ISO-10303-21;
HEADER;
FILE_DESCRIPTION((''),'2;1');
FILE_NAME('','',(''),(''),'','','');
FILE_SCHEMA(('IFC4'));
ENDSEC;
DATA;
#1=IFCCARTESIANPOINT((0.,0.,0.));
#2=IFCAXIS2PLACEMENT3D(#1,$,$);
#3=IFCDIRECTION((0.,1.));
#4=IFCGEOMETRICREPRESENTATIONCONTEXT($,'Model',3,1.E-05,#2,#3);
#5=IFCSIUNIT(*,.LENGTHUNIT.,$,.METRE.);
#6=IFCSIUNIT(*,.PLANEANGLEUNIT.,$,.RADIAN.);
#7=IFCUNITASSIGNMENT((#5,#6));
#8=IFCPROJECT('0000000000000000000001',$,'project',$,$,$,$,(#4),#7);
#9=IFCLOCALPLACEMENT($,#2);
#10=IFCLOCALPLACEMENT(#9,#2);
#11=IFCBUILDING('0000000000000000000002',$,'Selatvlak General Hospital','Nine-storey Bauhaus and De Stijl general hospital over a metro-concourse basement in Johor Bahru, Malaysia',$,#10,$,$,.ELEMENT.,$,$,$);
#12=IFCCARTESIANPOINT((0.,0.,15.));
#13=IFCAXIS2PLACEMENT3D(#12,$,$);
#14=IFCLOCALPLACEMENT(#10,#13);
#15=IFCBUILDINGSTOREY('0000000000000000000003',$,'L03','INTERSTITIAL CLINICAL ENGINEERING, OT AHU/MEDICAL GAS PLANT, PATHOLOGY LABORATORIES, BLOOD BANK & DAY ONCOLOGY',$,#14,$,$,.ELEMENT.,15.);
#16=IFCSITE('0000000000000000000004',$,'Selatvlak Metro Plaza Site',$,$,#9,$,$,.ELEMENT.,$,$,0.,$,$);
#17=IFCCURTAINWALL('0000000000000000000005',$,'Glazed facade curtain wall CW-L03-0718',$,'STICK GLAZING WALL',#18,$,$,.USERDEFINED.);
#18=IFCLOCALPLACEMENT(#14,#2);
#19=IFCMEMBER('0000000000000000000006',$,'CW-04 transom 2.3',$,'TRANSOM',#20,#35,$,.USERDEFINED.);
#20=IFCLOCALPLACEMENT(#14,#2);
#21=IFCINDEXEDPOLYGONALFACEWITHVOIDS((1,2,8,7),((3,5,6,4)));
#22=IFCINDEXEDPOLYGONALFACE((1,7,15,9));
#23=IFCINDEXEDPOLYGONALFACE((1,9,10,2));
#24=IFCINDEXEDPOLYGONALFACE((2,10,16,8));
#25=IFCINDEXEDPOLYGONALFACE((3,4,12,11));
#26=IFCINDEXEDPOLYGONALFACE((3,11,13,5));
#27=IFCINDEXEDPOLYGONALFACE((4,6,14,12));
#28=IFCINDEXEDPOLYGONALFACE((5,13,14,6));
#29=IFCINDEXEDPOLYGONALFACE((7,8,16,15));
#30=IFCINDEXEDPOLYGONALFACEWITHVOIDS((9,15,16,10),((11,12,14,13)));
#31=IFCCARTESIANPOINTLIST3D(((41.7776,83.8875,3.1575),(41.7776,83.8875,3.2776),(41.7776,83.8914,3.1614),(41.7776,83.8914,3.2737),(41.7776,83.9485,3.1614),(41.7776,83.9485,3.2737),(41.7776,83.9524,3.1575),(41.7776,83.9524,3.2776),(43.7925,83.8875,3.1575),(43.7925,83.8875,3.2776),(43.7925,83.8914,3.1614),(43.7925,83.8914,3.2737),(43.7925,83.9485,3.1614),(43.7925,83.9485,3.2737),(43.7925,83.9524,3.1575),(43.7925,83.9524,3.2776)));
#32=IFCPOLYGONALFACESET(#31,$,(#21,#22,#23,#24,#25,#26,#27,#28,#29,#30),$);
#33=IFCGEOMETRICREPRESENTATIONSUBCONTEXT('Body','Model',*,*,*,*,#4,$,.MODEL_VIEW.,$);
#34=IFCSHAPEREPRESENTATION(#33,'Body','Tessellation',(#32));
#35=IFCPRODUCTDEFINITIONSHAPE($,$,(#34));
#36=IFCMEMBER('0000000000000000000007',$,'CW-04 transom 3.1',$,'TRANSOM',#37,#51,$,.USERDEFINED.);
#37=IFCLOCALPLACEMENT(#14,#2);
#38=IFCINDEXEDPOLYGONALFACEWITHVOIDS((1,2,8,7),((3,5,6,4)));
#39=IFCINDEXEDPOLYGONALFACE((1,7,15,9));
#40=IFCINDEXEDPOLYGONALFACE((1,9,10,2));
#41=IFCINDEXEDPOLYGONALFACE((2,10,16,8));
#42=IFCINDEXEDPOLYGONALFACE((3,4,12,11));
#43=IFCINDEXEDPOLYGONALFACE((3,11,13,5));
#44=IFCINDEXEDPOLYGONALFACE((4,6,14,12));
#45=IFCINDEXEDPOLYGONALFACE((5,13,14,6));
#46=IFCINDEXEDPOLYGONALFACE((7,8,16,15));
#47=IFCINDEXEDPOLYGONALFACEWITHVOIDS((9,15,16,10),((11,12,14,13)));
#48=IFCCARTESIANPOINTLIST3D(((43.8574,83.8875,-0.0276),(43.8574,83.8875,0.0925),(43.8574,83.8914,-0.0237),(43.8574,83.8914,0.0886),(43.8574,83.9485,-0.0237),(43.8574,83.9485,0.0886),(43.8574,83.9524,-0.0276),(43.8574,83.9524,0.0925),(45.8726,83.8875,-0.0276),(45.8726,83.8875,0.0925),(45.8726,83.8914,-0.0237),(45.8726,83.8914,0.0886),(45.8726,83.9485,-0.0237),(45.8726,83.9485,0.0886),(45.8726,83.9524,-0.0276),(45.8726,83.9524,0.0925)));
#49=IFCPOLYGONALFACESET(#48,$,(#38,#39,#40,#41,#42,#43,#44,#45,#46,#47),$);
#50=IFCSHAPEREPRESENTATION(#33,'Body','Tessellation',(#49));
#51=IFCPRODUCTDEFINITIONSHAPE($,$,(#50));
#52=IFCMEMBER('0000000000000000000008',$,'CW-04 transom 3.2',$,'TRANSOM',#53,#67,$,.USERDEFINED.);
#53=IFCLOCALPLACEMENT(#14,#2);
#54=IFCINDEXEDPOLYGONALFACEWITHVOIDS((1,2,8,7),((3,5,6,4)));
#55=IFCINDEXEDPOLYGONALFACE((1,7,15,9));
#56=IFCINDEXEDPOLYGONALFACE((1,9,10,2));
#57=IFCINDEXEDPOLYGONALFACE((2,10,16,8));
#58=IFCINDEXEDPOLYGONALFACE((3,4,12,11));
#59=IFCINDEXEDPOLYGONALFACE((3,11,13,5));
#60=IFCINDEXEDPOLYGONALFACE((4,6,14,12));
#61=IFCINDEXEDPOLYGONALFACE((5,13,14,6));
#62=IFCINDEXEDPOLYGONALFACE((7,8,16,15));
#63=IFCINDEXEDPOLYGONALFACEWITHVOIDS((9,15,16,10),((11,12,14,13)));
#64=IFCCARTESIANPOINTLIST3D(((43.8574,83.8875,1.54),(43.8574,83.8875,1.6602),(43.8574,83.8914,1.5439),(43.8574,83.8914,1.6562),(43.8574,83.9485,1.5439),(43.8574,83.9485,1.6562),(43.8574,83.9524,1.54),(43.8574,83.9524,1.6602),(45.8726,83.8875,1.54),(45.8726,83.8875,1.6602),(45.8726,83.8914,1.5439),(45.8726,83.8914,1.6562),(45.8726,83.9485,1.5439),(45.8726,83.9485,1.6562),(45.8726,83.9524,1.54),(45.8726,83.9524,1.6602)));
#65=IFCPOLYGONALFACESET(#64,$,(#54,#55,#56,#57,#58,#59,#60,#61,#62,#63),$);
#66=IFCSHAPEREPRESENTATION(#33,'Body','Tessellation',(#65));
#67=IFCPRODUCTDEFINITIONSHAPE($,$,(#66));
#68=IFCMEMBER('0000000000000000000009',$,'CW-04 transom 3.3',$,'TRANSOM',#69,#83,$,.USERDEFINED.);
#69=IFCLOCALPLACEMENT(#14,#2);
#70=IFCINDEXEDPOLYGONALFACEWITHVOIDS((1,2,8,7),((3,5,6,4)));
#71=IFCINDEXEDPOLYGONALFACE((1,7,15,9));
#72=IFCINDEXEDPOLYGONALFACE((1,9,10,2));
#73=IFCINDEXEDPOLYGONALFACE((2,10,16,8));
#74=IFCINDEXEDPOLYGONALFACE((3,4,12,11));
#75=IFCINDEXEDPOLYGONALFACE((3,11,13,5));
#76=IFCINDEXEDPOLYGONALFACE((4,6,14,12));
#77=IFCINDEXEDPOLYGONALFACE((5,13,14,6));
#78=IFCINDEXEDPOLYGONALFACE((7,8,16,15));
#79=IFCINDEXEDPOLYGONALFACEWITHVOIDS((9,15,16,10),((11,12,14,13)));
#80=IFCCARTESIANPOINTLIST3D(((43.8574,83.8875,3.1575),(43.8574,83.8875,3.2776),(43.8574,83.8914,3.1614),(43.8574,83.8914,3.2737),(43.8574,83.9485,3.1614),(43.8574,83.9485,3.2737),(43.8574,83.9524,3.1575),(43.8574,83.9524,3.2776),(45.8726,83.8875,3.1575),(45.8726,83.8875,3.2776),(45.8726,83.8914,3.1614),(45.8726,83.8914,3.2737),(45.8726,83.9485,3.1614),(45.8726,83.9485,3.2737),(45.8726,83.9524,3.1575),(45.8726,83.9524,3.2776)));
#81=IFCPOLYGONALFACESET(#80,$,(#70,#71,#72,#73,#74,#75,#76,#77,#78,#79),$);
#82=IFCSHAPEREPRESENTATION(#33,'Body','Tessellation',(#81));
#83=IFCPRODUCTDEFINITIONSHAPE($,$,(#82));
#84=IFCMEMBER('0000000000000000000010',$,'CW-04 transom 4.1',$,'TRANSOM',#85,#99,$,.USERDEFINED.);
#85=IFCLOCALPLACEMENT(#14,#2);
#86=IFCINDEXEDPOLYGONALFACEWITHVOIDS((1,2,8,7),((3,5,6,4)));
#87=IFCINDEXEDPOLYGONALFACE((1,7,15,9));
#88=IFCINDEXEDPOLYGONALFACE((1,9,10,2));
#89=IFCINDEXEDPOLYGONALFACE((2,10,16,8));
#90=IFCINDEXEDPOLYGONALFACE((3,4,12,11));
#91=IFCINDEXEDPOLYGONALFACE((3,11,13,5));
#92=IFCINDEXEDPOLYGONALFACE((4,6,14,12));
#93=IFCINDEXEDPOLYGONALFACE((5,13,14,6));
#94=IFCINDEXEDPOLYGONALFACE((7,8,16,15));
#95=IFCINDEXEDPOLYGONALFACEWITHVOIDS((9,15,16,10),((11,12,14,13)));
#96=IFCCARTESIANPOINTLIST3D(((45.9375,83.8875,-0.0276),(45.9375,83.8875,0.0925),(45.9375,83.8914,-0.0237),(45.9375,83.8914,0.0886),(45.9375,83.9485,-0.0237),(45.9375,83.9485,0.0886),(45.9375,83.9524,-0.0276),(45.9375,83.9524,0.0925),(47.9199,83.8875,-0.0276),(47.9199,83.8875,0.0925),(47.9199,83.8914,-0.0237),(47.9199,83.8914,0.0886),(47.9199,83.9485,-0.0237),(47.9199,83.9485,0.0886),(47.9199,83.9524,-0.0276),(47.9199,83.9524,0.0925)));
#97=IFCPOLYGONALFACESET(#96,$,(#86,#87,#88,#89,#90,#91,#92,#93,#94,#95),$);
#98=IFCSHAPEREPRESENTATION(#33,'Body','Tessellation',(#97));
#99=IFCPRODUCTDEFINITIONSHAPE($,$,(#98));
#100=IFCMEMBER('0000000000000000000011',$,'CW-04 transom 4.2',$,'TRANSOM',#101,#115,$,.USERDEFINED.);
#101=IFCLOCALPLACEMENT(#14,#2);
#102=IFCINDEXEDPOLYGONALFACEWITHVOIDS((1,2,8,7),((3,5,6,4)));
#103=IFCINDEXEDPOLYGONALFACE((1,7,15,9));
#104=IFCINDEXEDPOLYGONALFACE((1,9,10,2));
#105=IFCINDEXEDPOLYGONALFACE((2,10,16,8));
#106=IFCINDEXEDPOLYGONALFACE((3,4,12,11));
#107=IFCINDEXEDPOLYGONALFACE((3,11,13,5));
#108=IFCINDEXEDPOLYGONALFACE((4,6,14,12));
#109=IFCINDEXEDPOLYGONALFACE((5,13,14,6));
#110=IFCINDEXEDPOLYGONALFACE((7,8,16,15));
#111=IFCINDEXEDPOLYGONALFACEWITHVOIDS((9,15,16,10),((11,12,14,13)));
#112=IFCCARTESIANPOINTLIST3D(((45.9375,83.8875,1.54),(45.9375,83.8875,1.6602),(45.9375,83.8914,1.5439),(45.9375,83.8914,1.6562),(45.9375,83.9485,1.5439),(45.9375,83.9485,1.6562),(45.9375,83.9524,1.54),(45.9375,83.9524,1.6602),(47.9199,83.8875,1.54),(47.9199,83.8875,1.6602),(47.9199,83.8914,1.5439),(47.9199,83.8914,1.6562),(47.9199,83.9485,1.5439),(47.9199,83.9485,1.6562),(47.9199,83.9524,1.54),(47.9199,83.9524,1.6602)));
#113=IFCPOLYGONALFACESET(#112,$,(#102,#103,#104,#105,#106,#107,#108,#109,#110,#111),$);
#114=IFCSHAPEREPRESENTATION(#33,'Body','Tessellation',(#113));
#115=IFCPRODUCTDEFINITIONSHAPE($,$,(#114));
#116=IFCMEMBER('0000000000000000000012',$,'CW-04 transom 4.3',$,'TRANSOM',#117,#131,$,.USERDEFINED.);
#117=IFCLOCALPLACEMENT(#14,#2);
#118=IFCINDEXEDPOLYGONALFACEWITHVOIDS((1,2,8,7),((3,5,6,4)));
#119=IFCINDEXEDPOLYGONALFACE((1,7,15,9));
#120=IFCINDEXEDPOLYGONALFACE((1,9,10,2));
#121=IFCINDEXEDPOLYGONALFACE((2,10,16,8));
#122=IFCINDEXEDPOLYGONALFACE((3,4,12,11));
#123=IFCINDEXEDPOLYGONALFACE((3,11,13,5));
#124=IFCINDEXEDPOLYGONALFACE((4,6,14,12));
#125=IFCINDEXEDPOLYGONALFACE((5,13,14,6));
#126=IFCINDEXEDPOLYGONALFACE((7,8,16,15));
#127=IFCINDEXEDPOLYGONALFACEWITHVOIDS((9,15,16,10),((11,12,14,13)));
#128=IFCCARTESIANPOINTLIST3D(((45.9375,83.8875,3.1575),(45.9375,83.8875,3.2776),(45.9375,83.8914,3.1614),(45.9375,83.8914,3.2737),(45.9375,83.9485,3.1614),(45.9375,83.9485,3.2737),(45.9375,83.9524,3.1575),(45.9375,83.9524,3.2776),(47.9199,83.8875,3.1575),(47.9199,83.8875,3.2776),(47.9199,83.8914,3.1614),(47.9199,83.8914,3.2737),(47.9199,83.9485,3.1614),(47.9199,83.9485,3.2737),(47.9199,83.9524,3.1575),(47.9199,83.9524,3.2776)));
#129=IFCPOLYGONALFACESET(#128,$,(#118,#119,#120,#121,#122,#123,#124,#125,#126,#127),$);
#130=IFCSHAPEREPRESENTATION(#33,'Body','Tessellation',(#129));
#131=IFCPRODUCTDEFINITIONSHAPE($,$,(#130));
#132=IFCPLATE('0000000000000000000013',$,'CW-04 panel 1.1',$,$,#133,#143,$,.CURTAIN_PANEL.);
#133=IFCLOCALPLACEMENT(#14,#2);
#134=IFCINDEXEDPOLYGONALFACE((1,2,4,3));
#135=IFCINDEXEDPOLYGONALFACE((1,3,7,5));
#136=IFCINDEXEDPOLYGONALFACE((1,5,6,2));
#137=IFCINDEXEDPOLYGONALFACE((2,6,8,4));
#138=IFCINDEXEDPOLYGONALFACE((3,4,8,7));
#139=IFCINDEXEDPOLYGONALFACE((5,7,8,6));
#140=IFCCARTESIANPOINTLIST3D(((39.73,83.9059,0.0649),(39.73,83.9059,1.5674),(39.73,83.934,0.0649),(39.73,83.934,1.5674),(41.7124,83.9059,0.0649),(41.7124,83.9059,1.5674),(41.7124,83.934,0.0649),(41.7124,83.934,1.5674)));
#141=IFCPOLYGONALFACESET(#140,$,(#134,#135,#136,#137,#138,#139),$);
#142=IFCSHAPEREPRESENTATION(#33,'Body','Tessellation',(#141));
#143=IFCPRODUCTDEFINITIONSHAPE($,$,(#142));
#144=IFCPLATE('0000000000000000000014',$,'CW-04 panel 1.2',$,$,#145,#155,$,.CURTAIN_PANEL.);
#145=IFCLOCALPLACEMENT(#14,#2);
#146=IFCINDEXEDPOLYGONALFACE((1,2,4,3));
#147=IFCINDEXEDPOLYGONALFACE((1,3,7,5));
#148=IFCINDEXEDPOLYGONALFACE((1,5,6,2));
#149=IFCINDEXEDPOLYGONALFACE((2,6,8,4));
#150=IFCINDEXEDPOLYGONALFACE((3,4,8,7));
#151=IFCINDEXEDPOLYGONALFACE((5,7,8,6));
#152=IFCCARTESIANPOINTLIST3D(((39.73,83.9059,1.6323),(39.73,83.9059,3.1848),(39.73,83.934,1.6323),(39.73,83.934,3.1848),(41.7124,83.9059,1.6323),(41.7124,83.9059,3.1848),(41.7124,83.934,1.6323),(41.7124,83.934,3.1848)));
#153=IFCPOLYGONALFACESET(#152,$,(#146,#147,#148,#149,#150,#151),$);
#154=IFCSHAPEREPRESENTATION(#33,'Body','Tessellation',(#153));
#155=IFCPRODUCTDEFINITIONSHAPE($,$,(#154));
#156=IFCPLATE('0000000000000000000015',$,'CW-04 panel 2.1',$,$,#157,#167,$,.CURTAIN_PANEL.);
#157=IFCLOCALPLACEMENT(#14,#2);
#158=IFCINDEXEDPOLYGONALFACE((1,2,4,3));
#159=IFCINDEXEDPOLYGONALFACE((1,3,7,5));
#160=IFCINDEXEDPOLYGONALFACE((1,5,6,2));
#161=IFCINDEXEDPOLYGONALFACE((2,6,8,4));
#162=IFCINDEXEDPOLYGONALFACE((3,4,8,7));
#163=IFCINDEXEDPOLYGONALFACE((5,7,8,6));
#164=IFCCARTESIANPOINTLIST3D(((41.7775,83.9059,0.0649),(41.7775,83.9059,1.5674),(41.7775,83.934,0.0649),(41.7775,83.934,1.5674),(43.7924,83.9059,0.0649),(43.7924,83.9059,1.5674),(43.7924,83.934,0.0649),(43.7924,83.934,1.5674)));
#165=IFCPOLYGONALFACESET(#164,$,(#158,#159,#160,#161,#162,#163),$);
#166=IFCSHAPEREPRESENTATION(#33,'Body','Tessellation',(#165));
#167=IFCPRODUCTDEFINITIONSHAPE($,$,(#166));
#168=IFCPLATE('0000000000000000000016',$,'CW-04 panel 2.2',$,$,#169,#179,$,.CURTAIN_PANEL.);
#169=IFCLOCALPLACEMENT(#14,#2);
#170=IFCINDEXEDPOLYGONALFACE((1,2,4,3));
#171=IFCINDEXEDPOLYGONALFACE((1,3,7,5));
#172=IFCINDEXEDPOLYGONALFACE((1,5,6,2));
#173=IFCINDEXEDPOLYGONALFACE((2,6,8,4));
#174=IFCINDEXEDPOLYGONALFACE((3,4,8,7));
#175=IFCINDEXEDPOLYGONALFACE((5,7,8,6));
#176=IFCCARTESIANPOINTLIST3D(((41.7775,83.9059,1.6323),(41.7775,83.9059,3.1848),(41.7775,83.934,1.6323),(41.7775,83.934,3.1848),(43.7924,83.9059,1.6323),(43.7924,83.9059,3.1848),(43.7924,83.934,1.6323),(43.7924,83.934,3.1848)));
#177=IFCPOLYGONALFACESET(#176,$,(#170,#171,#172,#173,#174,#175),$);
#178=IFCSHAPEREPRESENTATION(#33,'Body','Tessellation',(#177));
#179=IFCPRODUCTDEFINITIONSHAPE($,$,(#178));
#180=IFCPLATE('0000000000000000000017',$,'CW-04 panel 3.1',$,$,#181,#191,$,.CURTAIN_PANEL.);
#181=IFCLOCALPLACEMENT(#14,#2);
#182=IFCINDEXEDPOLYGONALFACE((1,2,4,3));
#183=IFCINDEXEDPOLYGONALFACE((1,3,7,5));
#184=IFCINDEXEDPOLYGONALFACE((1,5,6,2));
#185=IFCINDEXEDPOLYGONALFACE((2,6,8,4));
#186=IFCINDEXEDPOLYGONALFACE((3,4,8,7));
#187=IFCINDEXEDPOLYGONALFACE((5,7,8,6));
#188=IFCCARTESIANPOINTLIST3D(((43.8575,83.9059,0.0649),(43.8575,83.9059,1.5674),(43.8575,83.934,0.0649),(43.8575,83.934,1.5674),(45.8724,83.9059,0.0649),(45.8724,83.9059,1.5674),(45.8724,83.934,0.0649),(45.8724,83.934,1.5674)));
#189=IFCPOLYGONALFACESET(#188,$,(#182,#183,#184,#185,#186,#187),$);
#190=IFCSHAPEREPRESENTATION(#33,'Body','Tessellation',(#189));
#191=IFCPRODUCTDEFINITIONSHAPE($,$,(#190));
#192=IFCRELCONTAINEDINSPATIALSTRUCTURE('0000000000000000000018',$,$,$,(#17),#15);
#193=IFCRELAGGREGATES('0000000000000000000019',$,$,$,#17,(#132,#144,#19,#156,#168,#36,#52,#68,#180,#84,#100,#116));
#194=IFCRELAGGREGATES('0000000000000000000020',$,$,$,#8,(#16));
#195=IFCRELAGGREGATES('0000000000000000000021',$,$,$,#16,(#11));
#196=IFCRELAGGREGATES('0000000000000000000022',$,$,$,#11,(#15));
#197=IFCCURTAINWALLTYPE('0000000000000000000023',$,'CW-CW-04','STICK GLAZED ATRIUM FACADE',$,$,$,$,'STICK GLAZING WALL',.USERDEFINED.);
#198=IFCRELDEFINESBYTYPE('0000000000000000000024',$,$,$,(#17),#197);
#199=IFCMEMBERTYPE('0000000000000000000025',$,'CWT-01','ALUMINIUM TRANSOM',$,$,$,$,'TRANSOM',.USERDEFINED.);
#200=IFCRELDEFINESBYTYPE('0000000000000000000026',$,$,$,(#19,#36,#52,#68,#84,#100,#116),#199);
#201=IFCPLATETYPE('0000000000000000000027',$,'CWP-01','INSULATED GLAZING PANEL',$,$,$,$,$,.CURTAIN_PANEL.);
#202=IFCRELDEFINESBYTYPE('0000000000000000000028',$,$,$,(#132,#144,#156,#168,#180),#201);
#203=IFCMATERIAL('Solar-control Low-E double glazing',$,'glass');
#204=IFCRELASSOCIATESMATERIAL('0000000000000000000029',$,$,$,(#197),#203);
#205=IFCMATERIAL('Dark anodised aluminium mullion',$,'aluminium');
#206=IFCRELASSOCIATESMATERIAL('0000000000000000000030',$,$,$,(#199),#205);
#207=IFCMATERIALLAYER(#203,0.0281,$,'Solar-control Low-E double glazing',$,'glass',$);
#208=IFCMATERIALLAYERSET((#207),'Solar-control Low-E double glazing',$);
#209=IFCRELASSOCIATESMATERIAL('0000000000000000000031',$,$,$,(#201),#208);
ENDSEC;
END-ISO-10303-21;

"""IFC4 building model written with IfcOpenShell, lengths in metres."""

from ifc_helpers import new_model, si_unit, direction, frame, origin, origin_2d, place, context, subcontext, project, spatial, rectangle, hollow_rectangle, extrude, material, layer, layer_set, material_profile, profile_set, type_object, element, aggregate, save


model = new_model("IFC4")

# Units and contexts
model_context = context("Model", 3, precision=1e-05, world=origin(), true_north=direction((0.0, 1.0)))
body_context = subcontext(model_context, "Body", "Model", "MODEL_VIEW")
ifc_project = project(units=[si_unit("LENGTHUNIT", "METRE"), si_unit("PLANEANGLEUNIT", "RADIAN")], contexts=[model_context])

# Site, building, storey
site_placement = place(None, origin())
site = spatial("IfcSite", under=ifc_project, at=site_placement, Name="Selatvlak Metro Plaza Site", CompositionType="ELEMENT", RefElevation=0.0)
building_placement = place(site_placement, origin())
building = spatial("IfcBuilding", under=site, at=building_placement, Name="Selatvlak General Hospital", Description="Nine-storey Bauhaus and De Stijl general hospital over a metro-concourse basement in Johor Bahru, Malaysia", CompositionType="ELEMENT")
storey_placement = place(building_placement, frame((0.0, 0.0, 15.0)))
storey = spatial("IfcBuildingStorey", under=building, at=storey_placement, Name="L03", Description="INTERSTITIAL CLINICAL ENGINEERING, OT AHU/MEDICAL GAS PLANT, PATHOLOGY LABORATORIES, BLOOD BANK & DAY ONCOLOGY", CompositionType="ELEMENT", Elevation=15.0)

# Curtain wall, members, plates
ifc_material_1 = material(Name="Solar-control Low-E double glazing", Category="glass")
curtain_wall_type = type_object("IfcCurtainWallType", Name="CW-CW-04", Description="STICK GLAZED ATRIUM FACADE", ElementType="STICK GLAZING WALL", PredefinedType="USERDEFINED", material=ifc_material_1)
curtain_wall_placement = place(storey_placement, origin())
curtain_wall = element("IfcCurtainWall", 1, at=curtain_wall_placement, inside=storey, type_object=curtain_wall_type, Name="Glazed facade curtain wall CW-L03-0718", ObjectType="STICK GLAZING WALL", PredefinedType="USERDEFINED")
ifc_material_2 = material(Name="Dark anodised aluminium mullion", Category="aluminium")
ifc_material_profile_1 = material_profile(ifc_material_2, hollow_rectangle(XDim=0.0649, YDim=0.1201, WallThickness=0.0039, at=origin_2d()), Name="AL-TRN 65x120x4")
ifc_profile_set_1 = profile_set([ifc_material_profile_1], Name="Dark anodised aluminium mullion")
member_type_1 = type_object("IfcMemberType", Name="CWT-01", Description="ALUMINIUM TRANSOM", ElementType="TRANSOM", PredefinedType="USERDEFINED", material=ifc_profile_set_1)
member_1_placement = place(storey_placement, frame((41.7776, 83.9199, 3.2175), z_axis=(1.0, 0.0, 0.0), x_axis=(0.0, 1.0, 0.0)))
member_1 = element("IfcMember", 2, at=member_1_placement, type_object=member_type_1, Name="CW-04 transom 2.3", ObjectType="TRANSOM", PredefinedType="USERDEFINED", context=body_context, shape_type="SweptSolid", body=[
    extrude(hollow_rectangle(XDim=0.0649, YDim=0.1201, WallThickness=0.0039, at=origin_2d()), origin(), (0.0, 0.0, 1.0), 2.0149),
])
member_2_placement = place(storey_placement, frame((43.8574, 83.9199, 0.0325), z_axis=(1.0, 0.0, 0.0), x_axis=(0.0, 1.0, 0.0)))
member_2 = element("IfcMember", 3, at=member_2_placement, type_object=member_type_1, Name="CW-04 transom 3.1", ObjectType="TRANSOM", PredefinedType="USERDEFINED", context=body_context, shape_type="SweptSolid", body=[
    extrude(hollow_rectangle(XDim=0.0649, YDim=0.1201, WallThickness=0.0039, at=origin_2d()), origin(), (0.0, 0.0, 1.0), 2.0151),
])
member_3_placement = place(storey_placement, frame((43.8574, 83.9199, 1.6001), z_axis=(1.0, 0.0, 0.0), x_axis=(0.0, 1.0, 0.0)))
member_3 = element("IfcMember", 4, at=member_3_placement, type_object=member_type_1, Name="CW-04 transom 3.2", ObjectType="TRANSOM", PredefinedType="USERDEFINED", context=body_context, shape_type="SweptSolid", body=[
    extrude(hollow_rectangle(XDim=0.0649, YDim=0.1201, WallThickness=0.0039, at=origin_2d()), origin(), (0.0, 0.0, 1.0), 2.0151),
])
member_4_placement = place(storey_placement, frame((43.8574, 83.9199, 3.2175), z_axis=(1.0, 0.0, 0.0), x_axis=(0.0, 1.0, 0.0)))
member_4 = element("IfcMember", 5, at=member_4_placement, type_object=member_type_1, Name="CW-04 transom 3.3", ObjectType="TRANSOM", PredefinedType="USERDEFINED", context=body_context, shape_type="SweptSolid", body=[
    extrude(hollow_rectangle(XDim=0.0649, YDim=0.1201, WallThickness=0.0039, at=origin_2d()), origin(), (0.0, 0.0, 1.0), 2.0151),
])
member_5_placement = place(storey_placement, frame((45.9375, 83.9199, 0.0325), z_axis=(1.0, 0.0, 0.0), x_axis=(0.0, 1.0, 0.0)))
member_5 = element("IfcMember", 6, at=member_5_placement, type_object=member_type_1, Name="CW-04 transom 4.1", ObjectType="TRANSOM", PredefinedType="USERDEFINED", context=body_context, shape_type="SweptSolid", body=[
    extrude(hollow_rectangle(XDim=0.0649, YDim=0.1201, WallThickness=0.0039, at=origin_2d()), origin(), (0.0, 0.0, 1.0), 1.9824),
])
member_6_placement = place(storey_placement, frame((45.9375, 83.9199, 1.6001), z_axis=(1.0, 0.0, 0.0), x_axis=(0.0, 1.0, 0.0)))
member_6 = element("IfcMember", 7, at=member_6_placement, type_object=member_type_1, Name="CW-04 transom 4.2", ObjectType="TRANSOM", PredefinedType="USERDEFINED", context=body_context, shape_type="SweptSolid", body=[
    extrude(hollow_rectangle(XDim=0.0649, YDim=0.1201, WallThickness=0.0039, at=origin_2d()), origin(), (0.0, 0.0, 1.0), 1.9824),
])
member_7_placement = place(storey_placement, frame((45.9375, 83.9199, 3.2175), z_axis=(1.0, 0.0, 0.0), x_axis=(0.0, 1.0, 0.0)))
member_7 = element("IfcMember", 8, at=member_7_placement, type_object=member_type_1, Name="CW-04 transom 4.3", ObjectType="TRANSOM", PredefinedType="USERDEFINED", context=body_context, shape_type="SweptSolid", body=[
    extrude(hollow_rectangle(XDim=0.0649, YDim=0.1201, WallThickness=0.0039, at=origin_2d()), origin(), (0.0, 0.0, 1.0), 1.9824),
])
ifc_layer_1 = layer(ifc_material_1, 0.0281, Name="Solar-control Low-E double glazing", Category="glass")
ifc_layer_set_1 = layer_set([ifc_layer_1], Name="Solar-control Low-E double glazing")
plate_type = type_object("IfcPlateType", Name="CWP-01", Description="INSULATED GLAZING PANEL", PredefinedType="CURTAIN_PANEL", material=ifc_layer_set_1)
plate_1_placement = place(storey_placement, frame((40.7212, 83.9199, 0.0649), z_axis=(0.0, 0.0, 1.0), x_axis=(1.0, 0.0, 0.0)))
plate_1 = element("IfcPlate", 9, at=plate_1_placement, type_object=plate_type, Name="CW-04 panel 1.1", PredefinedType="CURTAIN_PANEL", context=body_context, shape_type="SweptSolid", body=[
    extrude(rectangle(XDim=1.9824, YDim=0.0281, at=origin_2d()), origin(), (0.0, 0.0, 1.0), 1.5024),
])
plate_2_placement = place(storey_placement, frame((40.7212, 83.9199, 1.6323), z_axis=(0.0, 0.0, 1.0), x_axis=(1.0, 0.0, 0.0)))
plate_2 = element("IfcPlate", 10, at=plate_2_placement, type_object=plate_type, Name="CW-04 panel 1.2", PredefinedType="CURTAIN_PANEL", context=body_context, shape_type="SweptSolid", body=[
    extrude(rectangle(XDim=1.9824, YDim=0.0281, at=origin_2d()), origin(), (0.0, 0.0, 1.0), 1.5525),
])
plate_3_placement = place(storey_placement, frame((42.7849, 83.9199, 0.0649), z_axis=(0.0, 0.0, 1.0), x_axis=(1.0, 0.0, 0.0)))
plate_3 = element("IfcPlate", 11, at=plate_3_placement, type_object=plate_type, Name="CW-04 panel 2.1", PredefinedType="CURTAIN_PANEL", context=body_context, shape_type="SweptSolid", body=[
    extrude(rectangle(XDim=2.0149, YDim=0.0281, at=origin_2d()), origin(), (0.0, 0.0, 1.0), 1.5024),
])
plate_4_placement = place(storey_placement, frame((42.7849, 83.9199, 1.6323), z_axis=(0.0, 0.0, 1.0), x_axis=(1.0, 0.0, 0.0)))
plate_4 = element("IfcPlate", 12, at=plate_4_placement, type_object=plate_type, Name="CW-04 panel 2.2", PredefinedType="CURTAIN_PANEL", context=body_context, shape_type="SweptSolid", body=[
    extrude(rectangle(XDim=2.0149, YDim=0.0281, at=origin_2d()), origin(), (0.0, 0.0, 1.0), 1.5525),
])
plate_5_placement = place(storey_placement, frame((44.865, 83.9199, 0.0649), z_axis=(0.0, 0.0, 1.0), x_axis=(1.0, 0.0, 0.0)))
plate_5 = element("IfcPlate", 13, at=plate_5_placement, type_object=plate_type, Name="CW-04 panel 3.1", PredefinedType="CURTAIN_PANEL", context=body_context, shape_type="SweptSolid", body=[
    extrude(rectangle(XDim=2.0149, YDim=0.0281, at=origin_2d()), origin(), (0.0, 0.0, 1.0), 1.5024),
])
aggregate(curtain_wall, [plate_1, plate_2, member_1, plate_3, plate_4, member_2, member_3, member_4, plate_5, member_5, member_6, member_7])

save(model, "model.ifc")
